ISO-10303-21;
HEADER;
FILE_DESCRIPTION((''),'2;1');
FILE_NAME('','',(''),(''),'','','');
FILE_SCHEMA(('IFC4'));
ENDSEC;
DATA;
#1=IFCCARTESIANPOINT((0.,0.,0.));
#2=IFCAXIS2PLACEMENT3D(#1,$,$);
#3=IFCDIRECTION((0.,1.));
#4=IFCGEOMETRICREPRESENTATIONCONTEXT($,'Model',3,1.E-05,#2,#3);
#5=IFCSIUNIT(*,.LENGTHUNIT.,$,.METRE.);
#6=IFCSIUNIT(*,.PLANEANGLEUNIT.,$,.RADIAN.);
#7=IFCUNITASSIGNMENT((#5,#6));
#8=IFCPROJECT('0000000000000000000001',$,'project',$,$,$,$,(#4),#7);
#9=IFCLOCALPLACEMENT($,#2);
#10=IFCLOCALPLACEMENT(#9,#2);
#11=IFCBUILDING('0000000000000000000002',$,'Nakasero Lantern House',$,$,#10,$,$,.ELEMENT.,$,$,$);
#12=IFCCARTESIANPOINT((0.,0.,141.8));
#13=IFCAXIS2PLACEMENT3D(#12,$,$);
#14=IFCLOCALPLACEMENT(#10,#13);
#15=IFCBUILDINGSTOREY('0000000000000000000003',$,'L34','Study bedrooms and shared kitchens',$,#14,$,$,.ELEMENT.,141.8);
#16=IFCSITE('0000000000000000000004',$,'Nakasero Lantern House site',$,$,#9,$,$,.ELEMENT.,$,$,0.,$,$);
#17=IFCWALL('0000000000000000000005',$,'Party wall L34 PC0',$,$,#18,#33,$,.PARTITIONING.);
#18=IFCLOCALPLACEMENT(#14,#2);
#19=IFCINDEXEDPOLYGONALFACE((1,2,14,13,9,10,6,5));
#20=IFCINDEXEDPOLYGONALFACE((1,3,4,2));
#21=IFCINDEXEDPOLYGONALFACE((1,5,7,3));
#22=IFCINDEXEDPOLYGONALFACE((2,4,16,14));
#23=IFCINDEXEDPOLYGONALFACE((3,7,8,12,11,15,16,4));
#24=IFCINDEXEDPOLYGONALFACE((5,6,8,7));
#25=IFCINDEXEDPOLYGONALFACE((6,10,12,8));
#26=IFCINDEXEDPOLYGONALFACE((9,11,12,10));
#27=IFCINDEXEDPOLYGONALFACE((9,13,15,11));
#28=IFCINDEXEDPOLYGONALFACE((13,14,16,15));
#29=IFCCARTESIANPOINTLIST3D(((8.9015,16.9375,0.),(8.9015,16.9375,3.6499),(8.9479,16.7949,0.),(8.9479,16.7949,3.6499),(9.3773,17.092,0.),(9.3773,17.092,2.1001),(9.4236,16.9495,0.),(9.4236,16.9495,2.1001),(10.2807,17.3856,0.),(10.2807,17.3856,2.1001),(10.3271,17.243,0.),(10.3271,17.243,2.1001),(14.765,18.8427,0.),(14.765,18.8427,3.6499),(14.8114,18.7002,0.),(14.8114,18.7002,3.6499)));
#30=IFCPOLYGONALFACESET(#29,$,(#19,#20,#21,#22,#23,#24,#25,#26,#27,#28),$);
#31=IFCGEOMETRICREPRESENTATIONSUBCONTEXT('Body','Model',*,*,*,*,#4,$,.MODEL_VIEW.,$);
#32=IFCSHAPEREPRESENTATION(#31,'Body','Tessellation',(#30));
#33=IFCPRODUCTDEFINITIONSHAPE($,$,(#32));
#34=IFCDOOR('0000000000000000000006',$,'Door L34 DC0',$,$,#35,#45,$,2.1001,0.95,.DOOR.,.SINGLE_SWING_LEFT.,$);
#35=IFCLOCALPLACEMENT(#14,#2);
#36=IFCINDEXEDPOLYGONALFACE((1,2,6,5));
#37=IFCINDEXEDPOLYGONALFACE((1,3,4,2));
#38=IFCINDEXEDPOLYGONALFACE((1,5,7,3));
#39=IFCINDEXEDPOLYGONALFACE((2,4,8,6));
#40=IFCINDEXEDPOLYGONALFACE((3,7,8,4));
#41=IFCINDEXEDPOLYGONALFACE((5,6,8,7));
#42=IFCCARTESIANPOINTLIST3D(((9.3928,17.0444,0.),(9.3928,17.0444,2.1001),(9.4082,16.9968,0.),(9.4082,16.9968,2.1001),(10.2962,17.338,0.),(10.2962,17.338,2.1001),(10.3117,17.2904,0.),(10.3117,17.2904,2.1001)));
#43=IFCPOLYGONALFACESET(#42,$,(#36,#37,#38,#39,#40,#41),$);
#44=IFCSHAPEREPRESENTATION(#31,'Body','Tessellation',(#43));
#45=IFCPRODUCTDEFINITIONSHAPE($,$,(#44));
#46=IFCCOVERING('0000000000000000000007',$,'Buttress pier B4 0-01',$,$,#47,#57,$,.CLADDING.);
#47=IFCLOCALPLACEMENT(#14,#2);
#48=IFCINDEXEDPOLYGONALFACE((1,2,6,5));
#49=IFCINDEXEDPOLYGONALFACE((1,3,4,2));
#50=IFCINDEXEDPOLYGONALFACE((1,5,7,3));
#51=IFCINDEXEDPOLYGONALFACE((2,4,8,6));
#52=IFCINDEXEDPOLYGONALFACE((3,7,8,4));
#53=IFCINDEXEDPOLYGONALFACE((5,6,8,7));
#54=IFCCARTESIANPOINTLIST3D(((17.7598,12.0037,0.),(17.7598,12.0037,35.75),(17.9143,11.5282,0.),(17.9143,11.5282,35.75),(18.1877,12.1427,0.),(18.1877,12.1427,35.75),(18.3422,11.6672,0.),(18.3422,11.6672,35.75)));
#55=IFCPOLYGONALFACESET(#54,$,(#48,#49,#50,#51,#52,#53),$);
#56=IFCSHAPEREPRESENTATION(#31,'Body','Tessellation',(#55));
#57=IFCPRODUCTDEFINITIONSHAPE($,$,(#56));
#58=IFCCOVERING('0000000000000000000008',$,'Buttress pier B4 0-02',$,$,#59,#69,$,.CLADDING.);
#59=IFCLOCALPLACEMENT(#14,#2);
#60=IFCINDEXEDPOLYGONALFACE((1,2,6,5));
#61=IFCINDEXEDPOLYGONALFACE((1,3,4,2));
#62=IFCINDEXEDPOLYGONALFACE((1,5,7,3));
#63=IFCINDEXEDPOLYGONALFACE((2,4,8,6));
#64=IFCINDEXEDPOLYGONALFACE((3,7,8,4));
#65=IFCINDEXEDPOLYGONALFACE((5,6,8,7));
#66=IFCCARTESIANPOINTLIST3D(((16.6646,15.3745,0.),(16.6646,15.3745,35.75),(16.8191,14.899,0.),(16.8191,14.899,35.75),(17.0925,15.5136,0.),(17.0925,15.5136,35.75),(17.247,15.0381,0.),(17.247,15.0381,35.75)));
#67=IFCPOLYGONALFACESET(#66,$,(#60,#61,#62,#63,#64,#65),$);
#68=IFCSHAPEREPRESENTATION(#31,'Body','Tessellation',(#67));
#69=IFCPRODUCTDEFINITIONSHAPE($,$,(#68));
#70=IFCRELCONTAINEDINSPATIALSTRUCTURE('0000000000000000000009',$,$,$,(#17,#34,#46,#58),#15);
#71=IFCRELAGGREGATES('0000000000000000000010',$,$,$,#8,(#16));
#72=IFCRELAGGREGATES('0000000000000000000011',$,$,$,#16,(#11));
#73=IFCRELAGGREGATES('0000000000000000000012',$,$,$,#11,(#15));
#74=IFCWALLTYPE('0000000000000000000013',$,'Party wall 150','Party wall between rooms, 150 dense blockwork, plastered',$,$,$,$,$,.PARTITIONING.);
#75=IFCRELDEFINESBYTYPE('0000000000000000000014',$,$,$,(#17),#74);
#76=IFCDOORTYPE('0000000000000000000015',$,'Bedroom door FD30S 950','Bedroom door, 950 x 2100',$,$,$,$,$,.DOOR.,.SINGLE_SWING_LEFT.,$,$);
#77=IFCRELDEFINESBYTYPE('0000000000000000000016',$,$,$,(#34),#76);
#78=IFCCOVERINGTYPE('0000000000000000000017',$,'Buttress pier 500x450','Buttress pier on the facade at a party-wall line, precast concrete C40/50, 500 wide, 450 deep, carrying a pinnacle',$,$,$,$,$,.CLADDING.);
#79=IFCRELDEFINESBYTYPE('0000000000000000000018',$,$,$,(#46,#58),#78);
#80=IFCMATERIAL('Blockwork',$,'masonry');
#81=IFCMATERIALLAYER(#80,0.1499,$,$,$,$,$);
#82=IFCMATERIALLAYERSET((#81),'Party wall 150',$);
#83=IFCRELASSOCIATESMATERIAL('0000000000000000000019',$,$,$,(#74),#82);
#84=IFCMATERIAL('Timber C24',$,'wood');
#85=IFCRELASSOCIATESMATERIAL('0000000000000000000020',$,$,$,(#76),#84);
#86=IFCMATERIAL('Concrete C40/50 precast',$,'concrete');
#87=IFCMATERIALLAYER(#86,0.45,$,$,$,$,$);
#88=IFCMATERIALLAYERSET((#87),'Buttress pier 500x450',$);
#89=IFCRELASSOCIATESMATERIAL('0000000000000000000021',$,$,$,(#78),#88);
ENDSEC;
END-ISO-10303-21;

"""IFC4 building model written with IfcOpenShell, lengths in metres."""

from ifc_helpers import new_model, si_unit, direction, frame, frame_2d, origin, origin_2d, place, context, subcontext, project, spatial, rectangle, extrude, material, layer, layer_set, type_object, element, fill, save


model = new_model("IFC4")

# Units and contexts
model_context = context("Model", 3, precision=1e-05, world=origin(), true_north=direction((0.0, 1.0)))
body_context = subcontext(model_context, "Body", "Model", "MODEL_VIEW")
ifc_project = project(units=[si_unit("LENGTHUNIT", "METRE"), si_unit("PLANEANGLEUNIT", "RADIAN")], contexts=[model_context])

# Site, building, storey
site_placement = place(None, origin())
site = spatial("IfcSite", under=ifc_project, at=site_placement, Name="Nakasero Lantern House site", CompositionType="ELEMENT", RefElevation=0.0)
building_placement = place(site_placement, origin())
building = spatial("IfcBuilding", under=site, at=building_placement, Name="Nakasero Lantern House", CompositionType="ELEMENT")
storey_placement = place(building_placement, frame((0.0, 0.0, 141.8)))
storey = spatial("IfcBuildingStorey", under=building, at=storey_placement, Name="L34", Description="Study bedrooms and shared kitchens", CompositionType="ELEMENT", Elevation=141.8)

# Shared definitions
ifc_material_1 = material(Name="Blockwork", Category="masonry")
ifc_layer_1 = layer(ifc_material_1, 0.1499)
ifc_layer_set_1 = layer_set([ifc_layer_1], Name="Party wall 150")
wall_type_1 = type_object("IfcWallType", Name="Party wall 150", Description="Party wall between rooms, 150 dense blockwork, plastered", PredefinedType="PARTITIONING", material=ifc_layer_set_1)

# Wall, opening, door
wall_1_placement = place(storey_placement, frame((8.9248, 16.8662, 0.0), z_axis=(0.0, 0.0, 1.0), x_axis=(0.951052, 0.309031, 0.0)))
wall_1 = element("IfcWall", 1, at=wall_1_placement, inside=storey, type_object=wall_type_1, Name="Party wall L34 PC0", PredefinedType="PARTITIONING", context=body_context, shape_type="SweptSolid", body=[
    extrude(rectangle(XDim=6.1653, YDim=0.1499, at=frame_2d((3.0825, 0.0))), origin(), (0.0, 0.0, 1.0), 3.6499),
])
opening_1_placement = place(wall_1_placement, frame((0.5, 0.0, 0.0)))
opening_1 = element("IfcOpeningElement", 2, at=opening_1_placement, cuts=wall_1, PredefinedType="OPENING", context=body_context, shape_type="SweptSolid", body=[
    extrude(rectangle(XDim=0.95, YDim=2.1001, at=frame_2d((0.4751, 1.05))), frame((0.0, 0.095, 0.0), z_axis=(0.0, -1.0, 0.0), x_axis=(1.0, 0.0, 0.0)), (0.0, 0.0, 1.0), 0.1899),
])
ifc_material_2 = material(Name="Timber C24", Category="wood")
door_type_1 = type_object("IfcDoorType", Name="Bedroom door FD30S 950", Description="Bedroom door, 950 x 2100", OperationType="SINGLE_SWING_LEFT", PredefinedType="DOOR", material=ifc_material_2)
door_1_placement = place(opening_1_placement, origin())
door_1 = element("IfcDoor", 3, at=door_1_placement, inside=storey, type_object=door_type_1, Name="Door L34 DC0", OperationType="SINGLE_SWING_LEFT", OverallHeight=2.1001, OverallWidth=0.95, PredefinedType="DOOR", context=body_context, shape_type="SweptSolid", body=[
    extrude(rectangle(XDim=0.95, YDim=2.1001, at=frame_2d((0.4751, 1.05))), frame((0.0, 0.0249, 0.0), z_axis=(0.0, -1.0, 0.0), x_axis=(1.0, 0.0, 0.0)), (0.0, 0.0, 1.0), 0.05),
])
fill(opening_1, door_1)

# Coverings
ifc_material_3 = material(Name="Concrete C40/50 precast", Category="concrete")
ifc_layer_2 = layer(ifc_material_3, 0.45)
ifc_layer_set_2 = layer_set([ifc_layer_2], Name="Buttress pier 500x450")
covering_type = type_object("IfcCoveringType", Name="Buttress pier 500x450", Description="Buttress pier on the facade at a party-wall line, precast concrete C40/50, 500 wide, 450 deep, carrying a pinnacle", PredefinedType="CLADDING", material=ifc_layer_set_2)
for number, where, z_axis, x_axis, name in (
    (4, (18.051, 11.8354, 0.0), (0.0, 0.0, 1.0), (0.951057, 0.309017, 0.0), "Buttress pier B4 0-01"),
    (5, (16.9558, 15.2063, 0.0), (0.0, 0.0, 1.0), (0.951057, 0.309017, 0.0), "Buttress pier B4 0-02"),
):
    element("IfcCovering", number, at=place(storey_placement, frame(where, z_axis=z_axis, x_axis=x_axis)), inside=storey, type_object=covering_type, Name=name, PredefinedType="CLADDING", context=body_context, shape_type="SweptSolid", body=[
        extrude(rectangle(XDim=0.45, YDim=0.5, at=origin_2d()), origin(), (0.0, 0.0, 1.0), 35.75),
    ])

save(model, "model.ifc")
